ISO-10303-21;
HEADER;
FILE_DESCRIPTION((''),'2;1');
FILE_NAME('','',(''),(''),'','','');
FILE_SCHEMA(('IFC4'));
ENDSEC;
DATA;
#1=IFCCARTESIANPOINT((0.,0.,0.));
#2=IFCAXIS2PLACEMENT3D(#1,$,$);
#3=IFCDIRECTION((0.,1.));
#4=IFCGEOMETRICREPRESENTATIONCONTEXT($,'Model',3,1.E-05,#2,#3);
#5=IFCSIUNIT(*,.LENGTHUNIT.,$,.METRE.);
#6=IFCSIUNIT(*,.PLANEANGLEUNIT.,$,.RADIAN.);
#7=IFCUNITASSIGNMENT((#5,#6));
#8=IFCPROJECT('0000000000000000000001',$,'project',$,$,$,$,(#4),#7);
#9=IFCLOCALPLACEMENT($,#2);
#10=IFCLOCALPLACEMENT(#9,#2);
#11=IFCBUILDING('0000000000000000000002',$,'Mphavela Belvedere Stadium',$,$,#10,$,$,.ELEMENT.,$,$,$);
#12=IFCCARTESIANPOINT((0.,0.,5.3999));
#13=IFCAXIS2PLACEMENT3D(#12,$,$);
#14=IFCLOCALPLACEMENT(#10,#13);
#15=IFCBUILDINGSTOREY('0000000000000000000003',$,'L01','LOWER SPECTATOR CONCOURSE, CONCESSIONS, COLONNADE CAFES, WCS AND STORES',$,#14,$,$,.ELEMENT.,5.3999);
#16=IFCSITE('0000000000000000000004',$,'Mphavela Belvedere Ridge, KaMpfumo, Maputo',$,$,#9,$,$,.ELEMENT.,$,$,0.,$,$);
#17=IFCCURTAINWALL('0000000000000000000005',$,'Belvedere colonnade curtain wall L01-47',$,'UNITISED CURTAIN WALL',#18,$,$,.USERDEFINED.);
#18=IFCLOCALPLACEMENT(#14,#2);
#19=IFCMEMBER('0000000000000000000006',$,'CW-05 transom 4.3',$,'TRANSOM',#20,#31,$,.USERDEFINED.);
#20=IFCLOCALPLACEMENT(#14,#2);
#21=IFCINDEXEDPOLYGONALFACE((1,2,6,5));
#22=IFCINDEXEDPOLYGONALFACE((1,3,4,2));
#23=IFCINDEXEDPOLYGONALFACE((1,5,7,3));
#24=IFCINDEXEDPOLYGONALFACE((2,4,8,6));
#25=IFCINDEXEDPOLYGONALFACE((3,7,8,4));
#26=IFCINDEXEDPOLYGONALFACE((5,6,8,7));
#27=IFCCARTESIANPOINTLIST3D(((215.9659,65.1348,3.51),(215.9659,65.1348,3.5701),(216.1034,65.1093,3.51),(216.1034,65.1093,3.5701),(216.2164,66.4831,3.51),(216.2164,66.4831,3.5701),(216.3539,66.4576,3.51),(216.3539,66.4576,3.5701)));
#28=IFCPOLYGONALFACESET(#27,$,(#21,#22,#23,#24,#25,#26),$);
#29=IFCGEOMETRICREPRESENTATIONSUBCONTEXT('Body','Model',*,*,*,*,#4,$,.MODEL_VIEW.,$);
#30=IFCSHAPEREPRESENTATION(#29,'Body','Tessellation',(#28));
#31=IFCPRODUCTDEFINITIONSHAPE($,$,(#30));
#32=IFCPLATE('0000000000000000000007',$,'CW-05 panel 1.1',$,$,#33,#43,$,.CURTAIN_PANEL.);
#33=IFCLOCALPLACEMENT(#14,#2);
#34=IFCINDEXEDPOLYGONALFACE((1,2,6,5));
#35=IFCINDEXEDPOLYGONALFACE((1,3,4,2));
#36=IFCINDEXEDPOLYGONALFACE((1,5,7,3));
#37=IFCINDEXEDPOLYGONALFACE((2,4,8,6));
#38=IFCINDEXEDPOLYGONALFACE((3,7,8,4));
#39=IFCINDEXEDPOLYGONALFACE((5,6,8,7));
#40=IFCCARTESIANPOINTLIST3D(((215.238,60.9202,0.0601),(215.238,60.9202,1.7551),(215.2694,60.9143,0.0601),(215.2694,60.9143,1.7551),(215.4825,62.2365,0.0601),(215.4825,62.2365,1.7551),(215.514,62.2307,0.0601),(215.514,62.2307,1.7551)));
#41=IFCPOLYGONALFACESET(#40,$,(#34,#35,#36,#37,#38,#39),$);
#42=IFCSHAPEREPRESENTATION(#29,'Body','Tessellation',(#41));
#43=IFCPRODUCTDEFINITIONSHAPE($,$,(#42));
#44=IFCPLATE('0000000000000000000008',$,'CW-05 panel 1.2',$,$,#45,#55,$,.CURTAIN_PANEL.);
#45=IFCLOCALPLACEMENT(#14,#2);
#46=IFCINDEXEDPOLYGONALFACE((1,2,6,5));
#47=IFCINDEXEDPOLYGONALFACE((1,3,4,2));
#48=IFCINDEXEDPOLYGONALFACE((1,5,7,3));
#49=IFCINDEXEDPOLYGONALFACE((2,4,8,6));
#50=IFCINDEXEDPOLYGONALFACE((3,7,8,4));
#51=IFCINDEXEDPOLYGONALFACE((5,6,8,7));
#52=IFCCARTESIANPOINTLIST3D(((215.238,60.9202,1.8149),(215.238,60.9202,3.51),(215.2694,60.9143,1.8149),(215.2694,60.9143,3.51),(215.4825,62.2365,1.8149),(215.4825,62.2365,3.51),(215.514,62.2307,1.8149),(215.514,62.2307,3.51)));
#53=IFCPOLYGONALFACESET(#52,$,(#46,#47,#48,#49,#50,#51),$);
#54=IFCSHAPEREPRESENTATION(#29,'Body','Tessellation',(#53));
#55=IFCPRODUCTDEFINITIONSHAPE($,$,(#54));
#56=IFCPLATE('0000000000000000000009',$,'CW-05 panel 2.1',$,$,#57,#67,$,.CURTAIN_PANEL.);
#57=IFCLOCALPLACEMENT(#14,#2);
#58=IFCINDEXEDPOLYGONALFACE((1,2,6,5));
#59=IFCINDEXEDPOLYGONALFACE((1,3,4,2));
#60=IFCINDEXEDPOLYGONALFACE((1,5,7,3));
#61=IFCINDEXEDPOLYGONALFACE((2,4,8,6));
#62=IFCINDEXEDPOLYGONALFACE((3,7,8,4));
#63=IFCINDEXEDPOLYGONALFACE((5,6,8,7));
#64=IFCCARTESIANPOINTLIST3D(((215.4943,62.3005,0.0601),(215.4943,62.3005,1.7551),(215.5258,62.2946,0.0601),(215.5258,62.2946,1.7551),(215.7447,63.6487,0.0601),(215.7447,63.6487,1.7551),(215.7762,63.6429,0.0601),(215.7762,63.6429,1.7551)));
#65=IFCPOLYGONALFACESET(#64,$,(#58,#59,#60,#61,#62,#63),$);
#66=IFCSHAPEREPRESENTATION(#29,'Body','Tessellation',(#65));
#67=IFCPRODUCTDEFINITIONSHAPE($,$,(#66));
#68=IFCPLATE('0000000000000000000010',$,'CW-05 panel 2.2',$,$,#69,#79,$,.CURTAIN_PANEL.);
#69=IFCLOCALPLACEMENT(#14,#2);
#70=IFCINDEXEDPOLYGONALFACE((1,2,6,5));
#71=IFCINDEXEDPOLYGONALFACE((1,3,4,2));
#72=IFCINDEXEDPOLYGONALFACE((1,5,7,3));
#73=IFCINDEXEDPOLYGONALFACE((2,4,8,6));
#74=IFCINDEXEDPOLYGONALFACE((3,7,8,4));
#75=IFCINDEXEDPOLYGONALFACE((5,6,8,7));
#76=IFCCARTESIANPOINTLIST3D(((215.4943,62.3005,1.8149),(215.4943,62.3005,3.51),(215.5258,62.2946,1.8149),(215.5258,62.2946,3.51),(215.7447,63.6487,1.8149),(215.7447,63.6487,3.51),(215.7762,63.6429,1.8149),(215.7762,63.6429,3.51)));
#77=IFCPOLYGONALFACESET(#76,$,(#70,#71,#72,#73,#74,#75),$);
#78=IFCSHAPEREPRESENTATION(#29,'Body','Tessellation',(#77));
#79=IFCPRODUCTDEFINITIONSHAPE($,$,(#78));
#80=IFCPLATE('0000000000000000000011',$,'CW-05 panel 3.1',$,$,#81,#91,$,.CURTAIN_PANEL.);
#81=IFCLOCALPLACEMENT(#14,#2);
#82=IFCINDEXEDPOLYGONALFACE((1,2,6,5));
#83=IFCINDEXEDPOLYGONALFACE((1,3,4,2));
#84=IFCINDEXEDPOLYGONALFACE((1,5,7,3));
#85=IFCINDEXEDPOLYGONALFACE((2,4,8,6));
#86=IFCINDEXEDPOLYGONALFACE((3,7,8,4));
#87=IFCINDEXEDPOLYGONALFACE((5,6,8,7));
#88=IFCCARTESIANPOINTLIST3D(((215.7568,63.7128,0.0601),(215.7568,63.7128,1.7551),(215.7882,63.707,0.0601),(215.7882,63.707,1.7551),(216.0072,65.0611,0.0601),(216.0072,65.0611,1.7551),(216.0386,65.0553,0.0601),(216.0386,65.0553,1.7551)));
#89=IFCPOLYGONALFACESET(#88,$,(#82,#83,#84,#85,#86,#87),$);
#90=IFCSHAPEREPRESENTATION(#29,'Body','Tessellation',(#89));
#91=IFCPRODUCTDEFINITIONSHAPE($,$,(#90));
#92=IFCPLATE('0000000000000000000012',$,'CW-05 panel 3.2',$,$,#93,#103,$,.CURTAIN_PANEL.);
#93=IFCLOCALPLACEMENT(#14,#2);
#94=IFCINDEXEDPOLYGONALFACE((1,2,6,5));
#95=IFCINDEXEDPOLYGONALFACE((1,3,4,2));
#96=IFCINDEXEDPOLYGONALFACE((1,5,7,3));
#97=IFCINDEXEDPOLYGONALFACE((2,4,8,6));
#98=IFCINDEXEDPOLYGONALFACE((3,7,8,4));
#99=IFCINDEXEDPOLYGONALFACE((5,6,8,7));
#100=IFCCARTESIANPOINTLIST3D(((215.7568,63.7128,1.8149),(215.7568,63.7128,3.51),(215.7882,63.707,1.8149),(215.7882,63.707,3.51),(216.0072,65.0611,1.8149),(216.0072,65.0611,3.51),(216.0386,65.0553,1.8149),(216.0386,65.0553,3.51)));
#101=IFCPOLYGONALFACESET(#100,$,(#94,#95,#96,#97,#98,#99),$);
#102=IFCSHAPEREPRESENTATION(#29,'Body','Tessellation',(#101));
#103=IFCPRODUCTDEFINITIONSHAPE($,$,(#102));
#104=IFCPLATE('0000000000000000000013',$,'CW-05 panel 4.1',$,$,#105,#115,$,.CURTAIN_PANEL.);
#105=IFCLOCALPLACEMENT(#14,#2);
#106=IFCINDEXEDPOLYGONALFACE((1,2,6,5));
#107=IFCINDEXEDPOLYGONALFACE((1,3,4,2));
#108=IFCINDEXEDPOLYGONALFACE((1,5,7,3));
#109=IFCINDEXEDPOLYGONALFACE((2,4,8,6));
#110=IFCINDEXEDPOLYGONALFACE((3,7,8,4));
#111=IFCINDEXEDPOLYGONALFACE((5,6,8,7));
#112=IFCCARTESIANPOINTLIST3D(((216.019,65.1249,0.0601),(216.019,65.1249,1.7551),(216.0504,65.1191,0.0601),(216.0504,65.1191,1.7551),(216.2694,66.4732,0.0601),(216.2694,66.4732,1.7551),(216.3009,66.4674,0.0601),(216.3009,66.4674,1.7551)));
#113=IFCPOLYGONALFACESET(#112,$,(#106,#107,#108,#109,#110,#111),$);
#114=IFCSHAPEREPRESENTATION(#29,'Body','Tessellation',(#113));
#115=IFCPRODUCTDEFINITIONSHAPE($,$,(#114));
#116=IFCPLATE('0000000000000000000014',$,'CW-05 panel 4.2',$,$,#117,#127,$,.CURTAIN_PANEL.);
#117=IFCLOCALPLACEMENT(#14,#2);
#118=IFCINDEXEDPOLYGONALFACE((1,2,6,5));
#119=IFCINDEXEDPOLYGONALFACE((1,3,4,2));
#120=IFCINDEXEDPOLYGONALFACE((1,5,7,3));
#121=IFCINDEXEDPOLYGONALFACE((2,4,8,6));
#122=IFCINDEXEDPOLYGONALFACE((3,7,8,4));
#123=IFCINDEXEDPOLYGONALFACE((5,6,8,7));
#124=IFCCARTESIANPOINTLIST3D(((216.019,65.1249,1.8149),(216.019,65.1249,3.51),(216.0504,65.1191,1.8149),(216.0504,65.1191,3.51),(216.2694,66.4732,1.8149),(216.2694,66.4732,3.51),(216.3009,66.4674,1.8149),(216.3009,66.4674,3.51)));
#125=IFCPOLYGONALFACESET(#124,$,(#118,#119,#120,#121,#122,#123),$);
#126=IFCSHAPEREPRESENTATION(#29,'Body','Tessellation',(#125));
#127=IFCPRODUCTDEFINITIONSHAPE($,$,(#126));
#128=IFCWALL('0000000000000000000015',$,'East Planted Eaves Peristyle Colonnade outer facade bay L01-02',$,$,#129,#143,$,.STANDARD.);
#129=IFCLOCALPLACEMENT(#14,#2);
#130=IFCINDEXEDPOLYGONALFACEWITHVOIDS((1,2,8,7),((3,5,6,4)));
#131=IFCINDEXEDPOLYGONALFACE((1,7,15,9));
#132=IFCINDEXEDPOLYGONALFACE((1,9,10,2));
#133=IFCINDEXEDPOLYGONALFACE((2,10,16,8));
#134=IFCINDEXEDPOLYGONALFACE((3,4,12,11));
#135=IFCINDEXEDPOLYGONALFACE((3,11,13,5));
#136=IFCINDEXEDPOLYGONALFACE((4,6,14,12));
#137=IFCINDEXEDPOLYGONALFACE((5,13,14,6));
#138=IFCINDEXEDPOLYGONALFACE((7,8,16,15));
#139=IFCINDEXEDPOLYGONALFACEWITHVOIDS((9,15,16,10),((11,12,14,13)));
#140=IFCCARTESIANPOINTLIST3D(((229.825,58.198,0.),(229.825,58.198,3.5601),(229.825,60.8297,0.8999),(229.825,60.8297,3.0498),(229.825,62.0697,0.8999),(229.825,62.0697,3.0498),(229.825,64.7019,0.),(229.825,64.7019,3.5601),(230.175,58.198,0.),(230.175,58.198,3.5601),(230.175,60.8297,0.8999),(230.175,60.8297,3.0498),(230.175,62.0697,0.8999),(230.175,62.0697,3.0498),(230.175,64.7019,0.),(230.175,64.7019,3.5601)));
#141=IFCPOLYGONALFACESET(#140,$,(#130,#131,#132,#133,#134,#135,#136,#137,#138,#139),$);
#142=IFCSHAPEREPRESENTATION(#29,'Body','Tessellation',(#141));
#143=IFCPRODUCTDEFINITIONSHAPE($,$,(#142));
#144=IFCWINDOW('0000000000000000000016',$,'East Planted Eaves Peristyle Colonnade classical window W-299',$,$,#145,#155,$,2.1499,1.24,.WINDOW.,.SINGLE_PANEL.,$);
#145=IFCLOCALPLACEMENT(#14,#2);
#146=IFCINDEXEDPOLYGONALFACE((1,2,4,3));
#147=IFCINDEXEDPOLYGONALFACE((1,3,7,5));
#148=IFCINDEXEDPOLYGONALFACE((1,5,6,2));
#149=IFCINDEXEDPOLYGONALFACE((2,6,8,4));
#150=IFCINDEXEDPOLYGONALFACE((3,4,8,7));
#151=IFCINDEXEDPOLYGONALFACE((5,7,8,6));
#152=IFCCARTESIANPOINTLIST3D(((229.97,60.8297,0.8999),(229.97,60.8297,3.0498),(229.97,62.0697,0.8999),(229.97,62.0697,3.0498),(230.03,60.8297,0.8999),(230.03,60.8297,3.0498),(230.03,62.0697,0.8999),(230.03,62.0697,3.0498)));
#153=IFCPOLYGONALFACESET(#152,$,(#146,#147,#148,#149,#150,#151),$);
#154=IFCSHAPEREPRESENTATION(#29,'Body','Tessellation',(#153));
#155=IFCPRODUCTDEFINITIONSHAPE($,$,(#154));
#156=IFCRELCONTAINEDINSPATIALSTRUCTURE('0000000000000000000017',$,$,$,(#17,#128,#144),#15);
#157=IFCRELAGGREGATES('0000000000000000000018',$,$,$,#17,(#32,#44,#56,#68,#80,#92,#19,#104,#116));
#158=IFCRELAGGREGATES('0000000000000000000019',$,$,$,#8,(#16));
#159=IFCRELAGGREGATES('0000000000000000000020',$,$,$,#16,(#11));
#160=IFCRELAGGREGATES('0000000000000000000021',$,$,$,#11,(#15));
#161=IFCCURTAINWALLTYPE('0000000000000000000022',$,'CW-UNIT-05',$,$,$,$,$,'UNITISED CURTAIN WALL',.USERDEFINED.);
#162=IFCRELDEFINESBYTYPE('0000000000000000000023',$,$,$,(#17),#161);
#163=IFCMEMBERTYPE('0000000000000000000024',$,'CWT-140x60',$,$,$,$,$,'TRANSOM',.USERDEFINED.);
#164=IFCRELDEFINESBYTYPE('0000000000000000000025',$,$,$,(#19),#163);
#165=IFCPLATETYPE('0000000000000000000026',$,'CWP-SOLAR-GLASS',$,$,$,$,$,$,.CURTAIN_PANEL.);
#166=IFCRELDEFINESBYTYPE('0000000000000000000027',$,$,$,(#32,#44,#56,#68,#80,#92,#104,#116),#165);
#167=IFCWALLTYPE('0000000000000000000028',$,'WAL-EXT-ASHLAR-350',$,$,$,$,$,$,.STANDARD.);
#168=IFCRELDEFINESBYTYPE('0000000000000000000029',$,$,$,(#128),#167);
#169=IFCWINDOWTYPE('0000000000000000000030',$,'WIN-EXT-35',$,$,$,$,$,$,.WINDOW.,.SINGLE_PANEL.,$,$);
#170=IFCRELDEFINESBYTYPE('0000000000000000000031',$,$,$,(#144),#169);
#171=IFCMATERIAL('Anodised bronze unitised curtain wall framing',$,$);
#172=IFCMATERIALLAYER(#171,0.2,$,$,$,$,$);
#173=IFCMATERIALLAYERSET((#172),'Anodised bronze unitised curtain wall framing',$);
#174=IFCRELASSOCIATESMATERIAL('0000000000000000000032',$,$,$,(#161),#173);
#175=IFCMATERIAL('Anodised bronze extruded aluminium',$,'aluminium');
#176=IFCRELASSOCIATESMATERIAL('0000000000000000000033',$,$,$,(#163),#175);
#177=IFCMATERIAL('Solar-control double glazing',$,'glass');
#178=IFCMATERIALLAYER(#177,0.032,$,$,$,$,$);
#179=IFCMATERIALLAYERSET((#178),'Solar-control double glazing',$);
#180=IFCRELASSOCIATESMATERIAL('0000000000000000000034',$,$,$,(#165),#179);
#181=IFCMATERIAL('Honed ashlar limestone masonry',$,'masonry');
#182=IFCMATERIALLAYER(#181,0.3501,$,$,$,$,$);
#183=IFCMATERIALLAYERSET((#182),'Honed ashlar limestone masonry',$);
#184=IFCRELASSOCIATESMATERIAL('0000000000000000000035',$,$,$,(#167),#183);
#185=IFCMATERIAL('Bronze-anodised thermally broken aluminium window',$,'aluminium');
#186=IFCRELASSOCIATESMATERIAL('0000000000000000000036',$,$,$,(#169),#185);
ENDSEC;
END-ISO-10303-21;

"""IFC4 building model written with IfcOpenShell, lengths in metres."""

from ifc_helpers import new_model, si_unit, direction, frame, frame_2d, origin, origin_2d, place, context, subcontext, project, spatial, rectangle, extrude, material, layer, layer_set, material_profile, profile_set, type_object, element, fill, aggregate, save


model = new_model("IFC4")

# Units and contexts
model_context = context("Model", 3, precision=1e-05, world=origin(), true_north=direction((0.0, 1.0)))
body_context = subcontext(model_context, "Body", "Model", "MODEL_VIEW")
ifc_project = project(units=[si_unit("LENGTHUNIT", "METRE"), si_unit("PLANEANGLEUNIT", "RADIAN")], contexts=[model_context])

# Site, building, storey
site_placement = place(None, origin())
site = spatial("IfcSite", under=ifc_project, at=site_placement, Name="Mphavela Belvedere Ridge, KaMpfumo, Maputo", CompositionType="ELEMENT", RefElevation=0.0)
building_placement = place(site_placement, origin())
building = spatial("IfcBuilding", under=site, at=building_placement, Name="Mphavela Belvedere Stadium", CompositionType="ELEMENT")
storey_placement = place(building_placement, frame((0.0, 0.0, 5.3999)))
storey = spatial("IfcBuildingStorey", under=building, at=storey_placement, Name="L01", Description="LOWER SPECTATOR CONCOURSE, CONCESSIONS, COLONNADE CAFES, WCS AND STORES", CompositionType="ELEMENT", Elevation=5.3999)

# Curtain wall, member, plates
ifc_material_1 = material(Name="Anodised bronze unitised curtain wall framing")
ifc_layer_1 = layer(ifc_material_1, 0.2)
ifc_layer_set_1 = layer_set([ifc_layer_1], Name="Anodised bronze unitised curtain wall framing")
curtain_wall_type = type_object("IfcCurtainWallType", Name="CW-UNIT-05", ElementType="UNITISED CURTAIN WALL", PredefinedType="USERDEFINED", material=ifc_layer_set_1)
curtain_wall_placement = place(storey_placement, origin())
curtain_wall = element("IfcCurtainWall", 1, at=curtain_wall_placement, inside=storey, type_object=curtain_wall_type, Name="Belvedere colonnade curtain wall L01-47", ObjectType="UNITISED CURTAIN WALL", PredefinedType="USERDEFINED")
ifc_material_2 = material(Name="Anodised bronze extruded aluminium", Category="aluminium")
ifc_material_profile_1 = material_profile(ifc_material_2, rectangle(XDim=0.1399, YDim=0.0601, at=origin_2d()), Name="CW-TRN 140x60")
ifc_profile_set_1 = profile_set([ifc_material_profile_1], Name="Anodised bronze extruded aluminium")
member_type_1 = type_object("IfcMemberType", Name="CWT-140x60", ElementType="TRANSOM", PredefinedType="USERDEFINED", material=ifc_profile_set_1)
member_1_placement = place(storey_placement, frame((216.0347, 65.1221, 3.54), z_axis=(0.182644, 0.983179, 0.0), x_axis=(-0.983179, 0.182644, 0.0)))
member_1 = element("IfcMember", 2, at=member_1_placement, type_object=member_type_1, Name="CW-05 transom 4.3", ObjectType="TRANSOM", PredefinedType="USERDEFINED", context=body_context, shape_type="SweptSolid", body=[
    extrude(rectangle(XDim=0.1399, YDim=0.0601, at=origin_2d()), origin(), (0.0, 0.0, 1.0), 1.3713),
])
ifc_material_3 = material(Name="Solar-control double glazing", Category="glass")
ifc_layer_2 = layer(ifc_material_3, 0.032)
ifc_layer_set_2 = layer_set([ifc_layer_2], Name="Solar-control double glazing")
plate_type = type_object("IfcPlateType", Name="CWP-SOLAR-GLASS", PredefinedType="CURTAIN_PANEL", material=ifc_layer_set_2)
plate_1_placement = place(storey_placement, frame((215.376, 61.5754, 0.0601), z_axis=(0.0, 0.0, 1.0), x_axis=(0.18262, 0.983184, 0.0)))
plate_1 = element("IfcPlate", 3, at=plate_1_placement, type_object=plate_type, Name="CW-05 panel 1.1", PredefinedType="CURTAIN_PANEL", context=body_context, shape_type="SweptSolid", body=[
    extrude(rectangle(XDim=1.3389, YDim=0.032, at=origin_2d()), origin(), (0.0, 0.0, 1.0), 1.6951),
])
plate_2_placement = place(storey_placement, frame((215.376, 61.5754, 1.8149), z_axis=(0.0, 0.0, 1.0), x_axis=(0.18262, 0.983184, 0.0)))
plate_2 = element("IfcPlate", 4, at=plate_2_placement, type_object=plate_type, Name="CW-05 panel 1.2", PredefinedType="CURTAIN_PANEL", context=body_context, shape_type="SweptSolid", body=[
    extrude(rectangle(XDim=1.3389, YDim=0.032, at=origin_2d()), origin(), (0.0, 0.0, 1.0), 1.6951),
])
plate_3_placement = place(storey_placement, frame((215.6353, 62.9717, 0.0601), z_axis=(0.0, 0.0, 1.0), x_axis=(0.18262, 0.983184, 0.0)))
plate_3 = element("IfcPlate", 5, at=plate_3_placement, type_object=plate_type, Name="CW-05 panel 2.1", PredefinedType="CURTAIN_PANEL", context=body_context, shape_type="SweptSolid", body=[
    extrude(rectangle(XDim=1.3713, YDim=0.032, at=origin_2d()), origin(), (0.0, 0.0, 1.0), 1.6951),
])
plate_4_placement = place(storey_placement, frame((215.6353, 62.9717, 1.8149), z_axis=(0.0, 0.0, 1.0), x_axis=(0.18262, 0.983184, 0.0)))
plate_4 = element("IfcPlate", 6, at=plate_4_placement, type_object=plate_type, Name="CW-05 panel 2.2", PredefinedType="CURTAIN_PANEL", context=body_context, shape_type="SweptSolid", body=[
    extrude(rectangle(XDim=1.3713, YDim=0.032, at=origin_2d()), origin(), (0.0, 0.0, 1.0), 1.6951),
])
plate_5_placement = place(storey_placement, frame((215.8977, 64.384, 0.0601), z_axis=(0.0, 0.0, 1.0), x_axis=(0.18262, 0.983184, 0.0)))
plate_5 = element("IfcPlate", 7, at=plate_5_placement, type_object=plate_type, Name="CW-05 panel 3.1", PredefinedType="CURTAIN_PANEL", context=body_context, shape_type="SweptSolid", body=[
    extrude(rectangle(XDim=1.3713, YDim=0.032, at=origin_2d()), origin(), (0.0, 0.0, 1.0), 1.6951),
])
plate_6_placement = place(storey_placement, frame((215.8977, 64.384, 1.8149), z_axis=(0.0, 0.0, 1.0), x_axis=(0.18262, 0.983184, 0.0)))
plate_6 = element("IfcPlate", 8, at=plate_6_placement, type_object=plate_type, Name="CW-05 panel 3.2", PredefinedType="CURTAIN_PANEL", context=body_context, shape_type="SweptSolid", body=[
    extrude(rectangle(XDim=1.3713, YDim=0.032, at=origin_2d()), origin(), (0.0, 0.0, 1.0), 1.6951),
])
plate_7_placement = place(storey_placement, frame((216.1599, 65.7961, 0.0601), z_axis=(0.0, 0.0, 1.0), x_axis=(0.18262, 0.983184, 0.0)))
plate_7 = element("IfcPlate", 9, at=plate_7_placement, type_object=plate_type, Name="CW-05 panel 4.1", PredefinedType="CURTAIN_PANEL", context=body_context, shape_type="SweptSolid", body=[
    extrude(rectangle(XDim=1.3713, YDim=0.032, at=origin_2d()), origin(), (0.0, 0.0, 1.0), 1.6951),
])
plate_8_placement = place(storey_placement, frame((216.1599, 65.7961, 1.8149), z_axis=(0.0, 0.0, 1.0), x_axis=(0.18262, 0.983184, 0.0)))
plate_8 = element("IfcPlate", 10, at=plate_8_placement, type_object=plate_type, Name="CW-05 panel 4.2", PredefinedType="CURTAIN_PANEL", context=body_context, shape_type="SweptSolid", body=[
    extrude(rectangle(XDim=1.3713, YDim=0.032, at=origin_2d()), origin(), (0.0, 0.0, 1.0), 1.6951),
])
aggregate(curtain_wall, [plate_1, plate_2, plate_3, plate_4, plate_5, plate_6, member_1, plate_7, plate_8])

# Wall, opening, window
ifc_material_4 = material(Name="Honed ashlar limestone masonry", Category="masonry")
ifc_layer_3 = layer(ifc_material_4, 0.3501)
ifc_layer_set_3 = layer_set([ifc_layer_3], Name="Honed ashlar limestone masonry")
wall_type = type_object("IfcWallType", Name="WAL-EXT-ASHLAR-350", PredefinedType="STANDARD", material=ifc_layer_set_3)
wall_placement = place(storey_placement, frame((230.0, 64.7019, 0.0), z_axis=(0.0, 0.0, 1.0), x_axis=(0.0, -1.0, 0.0)))
wall = element("IfcWall", 11, at=wall_placement, inside=storey, type_object=wall_type, Name="East Planted Eaves Peristyle Colonnade outer facade bay L01-02", PredefinedType="STANDARD", context=body_context, shape_type="SweptSolid", body=[
    extrude(rectangle(XDim=6.5039, YDim=0.3501, at=frame_2d((3.252, 0.0))), origin(), (0.0, 0.0, 1.0), 3.5601),
])
opening_placement = place(wall_placement, frame((2.6321, 0.0, 0.8999)))
opening = element("IfcOpeningElement", 12, at=opening_placement, cuts=wall, PredefinedType="OPENING", context=body_context, shape_type="SweptSolid", body=[
    extrude(rectangle(XDim=1.24, YDim=2.1499, at=frame_2d((0.6201, 1.075))), frame((0.0, 0.1851, 0.0), z_axis=(0.0, -1.0, 0.0), x_axis=(1.0, 0.0, 0.0)), (0.0, 0.0, 1.0), 0.3701),
])
ifc_material_5 = material(Name="Bronze-anodised thermally broken aluminium window", Category="aluminium")
window_type = type_object("IfcWindowType", Name="WIN-EXT-35", PartitioningType="SINGLE_PANEL", PredefinedType="WINDOW", material=ifc_material_5)
window_placement = place(opening_placement, origin())
window = element("IfcWindow", 13, at=window_placement, inside=storey, type_object=window_type, Name="East Planted Eaves Peristyle Colonnade classical window W-299", OverallHeight=2.1499, OverallWidth=1.24, PartitioningType="SINGLE_PANEL", PredefinedType="WINDOW", context=body_context, shape_type="SweptSolid", body=[
    extrude(rectangle(XDim=1.24, YDim=2.1499, at=frame_2d((0.6201, 1.075))), frame((0.0, 0.03, 0.0), z_axis=(0.0, -1.0, 0.0), x_axis=(1.0, 0.0, 0.0)), (0.0, 0.0, 1.0), 0.0601),
])
fill(opening, window)

save(model, "model.ifc")
